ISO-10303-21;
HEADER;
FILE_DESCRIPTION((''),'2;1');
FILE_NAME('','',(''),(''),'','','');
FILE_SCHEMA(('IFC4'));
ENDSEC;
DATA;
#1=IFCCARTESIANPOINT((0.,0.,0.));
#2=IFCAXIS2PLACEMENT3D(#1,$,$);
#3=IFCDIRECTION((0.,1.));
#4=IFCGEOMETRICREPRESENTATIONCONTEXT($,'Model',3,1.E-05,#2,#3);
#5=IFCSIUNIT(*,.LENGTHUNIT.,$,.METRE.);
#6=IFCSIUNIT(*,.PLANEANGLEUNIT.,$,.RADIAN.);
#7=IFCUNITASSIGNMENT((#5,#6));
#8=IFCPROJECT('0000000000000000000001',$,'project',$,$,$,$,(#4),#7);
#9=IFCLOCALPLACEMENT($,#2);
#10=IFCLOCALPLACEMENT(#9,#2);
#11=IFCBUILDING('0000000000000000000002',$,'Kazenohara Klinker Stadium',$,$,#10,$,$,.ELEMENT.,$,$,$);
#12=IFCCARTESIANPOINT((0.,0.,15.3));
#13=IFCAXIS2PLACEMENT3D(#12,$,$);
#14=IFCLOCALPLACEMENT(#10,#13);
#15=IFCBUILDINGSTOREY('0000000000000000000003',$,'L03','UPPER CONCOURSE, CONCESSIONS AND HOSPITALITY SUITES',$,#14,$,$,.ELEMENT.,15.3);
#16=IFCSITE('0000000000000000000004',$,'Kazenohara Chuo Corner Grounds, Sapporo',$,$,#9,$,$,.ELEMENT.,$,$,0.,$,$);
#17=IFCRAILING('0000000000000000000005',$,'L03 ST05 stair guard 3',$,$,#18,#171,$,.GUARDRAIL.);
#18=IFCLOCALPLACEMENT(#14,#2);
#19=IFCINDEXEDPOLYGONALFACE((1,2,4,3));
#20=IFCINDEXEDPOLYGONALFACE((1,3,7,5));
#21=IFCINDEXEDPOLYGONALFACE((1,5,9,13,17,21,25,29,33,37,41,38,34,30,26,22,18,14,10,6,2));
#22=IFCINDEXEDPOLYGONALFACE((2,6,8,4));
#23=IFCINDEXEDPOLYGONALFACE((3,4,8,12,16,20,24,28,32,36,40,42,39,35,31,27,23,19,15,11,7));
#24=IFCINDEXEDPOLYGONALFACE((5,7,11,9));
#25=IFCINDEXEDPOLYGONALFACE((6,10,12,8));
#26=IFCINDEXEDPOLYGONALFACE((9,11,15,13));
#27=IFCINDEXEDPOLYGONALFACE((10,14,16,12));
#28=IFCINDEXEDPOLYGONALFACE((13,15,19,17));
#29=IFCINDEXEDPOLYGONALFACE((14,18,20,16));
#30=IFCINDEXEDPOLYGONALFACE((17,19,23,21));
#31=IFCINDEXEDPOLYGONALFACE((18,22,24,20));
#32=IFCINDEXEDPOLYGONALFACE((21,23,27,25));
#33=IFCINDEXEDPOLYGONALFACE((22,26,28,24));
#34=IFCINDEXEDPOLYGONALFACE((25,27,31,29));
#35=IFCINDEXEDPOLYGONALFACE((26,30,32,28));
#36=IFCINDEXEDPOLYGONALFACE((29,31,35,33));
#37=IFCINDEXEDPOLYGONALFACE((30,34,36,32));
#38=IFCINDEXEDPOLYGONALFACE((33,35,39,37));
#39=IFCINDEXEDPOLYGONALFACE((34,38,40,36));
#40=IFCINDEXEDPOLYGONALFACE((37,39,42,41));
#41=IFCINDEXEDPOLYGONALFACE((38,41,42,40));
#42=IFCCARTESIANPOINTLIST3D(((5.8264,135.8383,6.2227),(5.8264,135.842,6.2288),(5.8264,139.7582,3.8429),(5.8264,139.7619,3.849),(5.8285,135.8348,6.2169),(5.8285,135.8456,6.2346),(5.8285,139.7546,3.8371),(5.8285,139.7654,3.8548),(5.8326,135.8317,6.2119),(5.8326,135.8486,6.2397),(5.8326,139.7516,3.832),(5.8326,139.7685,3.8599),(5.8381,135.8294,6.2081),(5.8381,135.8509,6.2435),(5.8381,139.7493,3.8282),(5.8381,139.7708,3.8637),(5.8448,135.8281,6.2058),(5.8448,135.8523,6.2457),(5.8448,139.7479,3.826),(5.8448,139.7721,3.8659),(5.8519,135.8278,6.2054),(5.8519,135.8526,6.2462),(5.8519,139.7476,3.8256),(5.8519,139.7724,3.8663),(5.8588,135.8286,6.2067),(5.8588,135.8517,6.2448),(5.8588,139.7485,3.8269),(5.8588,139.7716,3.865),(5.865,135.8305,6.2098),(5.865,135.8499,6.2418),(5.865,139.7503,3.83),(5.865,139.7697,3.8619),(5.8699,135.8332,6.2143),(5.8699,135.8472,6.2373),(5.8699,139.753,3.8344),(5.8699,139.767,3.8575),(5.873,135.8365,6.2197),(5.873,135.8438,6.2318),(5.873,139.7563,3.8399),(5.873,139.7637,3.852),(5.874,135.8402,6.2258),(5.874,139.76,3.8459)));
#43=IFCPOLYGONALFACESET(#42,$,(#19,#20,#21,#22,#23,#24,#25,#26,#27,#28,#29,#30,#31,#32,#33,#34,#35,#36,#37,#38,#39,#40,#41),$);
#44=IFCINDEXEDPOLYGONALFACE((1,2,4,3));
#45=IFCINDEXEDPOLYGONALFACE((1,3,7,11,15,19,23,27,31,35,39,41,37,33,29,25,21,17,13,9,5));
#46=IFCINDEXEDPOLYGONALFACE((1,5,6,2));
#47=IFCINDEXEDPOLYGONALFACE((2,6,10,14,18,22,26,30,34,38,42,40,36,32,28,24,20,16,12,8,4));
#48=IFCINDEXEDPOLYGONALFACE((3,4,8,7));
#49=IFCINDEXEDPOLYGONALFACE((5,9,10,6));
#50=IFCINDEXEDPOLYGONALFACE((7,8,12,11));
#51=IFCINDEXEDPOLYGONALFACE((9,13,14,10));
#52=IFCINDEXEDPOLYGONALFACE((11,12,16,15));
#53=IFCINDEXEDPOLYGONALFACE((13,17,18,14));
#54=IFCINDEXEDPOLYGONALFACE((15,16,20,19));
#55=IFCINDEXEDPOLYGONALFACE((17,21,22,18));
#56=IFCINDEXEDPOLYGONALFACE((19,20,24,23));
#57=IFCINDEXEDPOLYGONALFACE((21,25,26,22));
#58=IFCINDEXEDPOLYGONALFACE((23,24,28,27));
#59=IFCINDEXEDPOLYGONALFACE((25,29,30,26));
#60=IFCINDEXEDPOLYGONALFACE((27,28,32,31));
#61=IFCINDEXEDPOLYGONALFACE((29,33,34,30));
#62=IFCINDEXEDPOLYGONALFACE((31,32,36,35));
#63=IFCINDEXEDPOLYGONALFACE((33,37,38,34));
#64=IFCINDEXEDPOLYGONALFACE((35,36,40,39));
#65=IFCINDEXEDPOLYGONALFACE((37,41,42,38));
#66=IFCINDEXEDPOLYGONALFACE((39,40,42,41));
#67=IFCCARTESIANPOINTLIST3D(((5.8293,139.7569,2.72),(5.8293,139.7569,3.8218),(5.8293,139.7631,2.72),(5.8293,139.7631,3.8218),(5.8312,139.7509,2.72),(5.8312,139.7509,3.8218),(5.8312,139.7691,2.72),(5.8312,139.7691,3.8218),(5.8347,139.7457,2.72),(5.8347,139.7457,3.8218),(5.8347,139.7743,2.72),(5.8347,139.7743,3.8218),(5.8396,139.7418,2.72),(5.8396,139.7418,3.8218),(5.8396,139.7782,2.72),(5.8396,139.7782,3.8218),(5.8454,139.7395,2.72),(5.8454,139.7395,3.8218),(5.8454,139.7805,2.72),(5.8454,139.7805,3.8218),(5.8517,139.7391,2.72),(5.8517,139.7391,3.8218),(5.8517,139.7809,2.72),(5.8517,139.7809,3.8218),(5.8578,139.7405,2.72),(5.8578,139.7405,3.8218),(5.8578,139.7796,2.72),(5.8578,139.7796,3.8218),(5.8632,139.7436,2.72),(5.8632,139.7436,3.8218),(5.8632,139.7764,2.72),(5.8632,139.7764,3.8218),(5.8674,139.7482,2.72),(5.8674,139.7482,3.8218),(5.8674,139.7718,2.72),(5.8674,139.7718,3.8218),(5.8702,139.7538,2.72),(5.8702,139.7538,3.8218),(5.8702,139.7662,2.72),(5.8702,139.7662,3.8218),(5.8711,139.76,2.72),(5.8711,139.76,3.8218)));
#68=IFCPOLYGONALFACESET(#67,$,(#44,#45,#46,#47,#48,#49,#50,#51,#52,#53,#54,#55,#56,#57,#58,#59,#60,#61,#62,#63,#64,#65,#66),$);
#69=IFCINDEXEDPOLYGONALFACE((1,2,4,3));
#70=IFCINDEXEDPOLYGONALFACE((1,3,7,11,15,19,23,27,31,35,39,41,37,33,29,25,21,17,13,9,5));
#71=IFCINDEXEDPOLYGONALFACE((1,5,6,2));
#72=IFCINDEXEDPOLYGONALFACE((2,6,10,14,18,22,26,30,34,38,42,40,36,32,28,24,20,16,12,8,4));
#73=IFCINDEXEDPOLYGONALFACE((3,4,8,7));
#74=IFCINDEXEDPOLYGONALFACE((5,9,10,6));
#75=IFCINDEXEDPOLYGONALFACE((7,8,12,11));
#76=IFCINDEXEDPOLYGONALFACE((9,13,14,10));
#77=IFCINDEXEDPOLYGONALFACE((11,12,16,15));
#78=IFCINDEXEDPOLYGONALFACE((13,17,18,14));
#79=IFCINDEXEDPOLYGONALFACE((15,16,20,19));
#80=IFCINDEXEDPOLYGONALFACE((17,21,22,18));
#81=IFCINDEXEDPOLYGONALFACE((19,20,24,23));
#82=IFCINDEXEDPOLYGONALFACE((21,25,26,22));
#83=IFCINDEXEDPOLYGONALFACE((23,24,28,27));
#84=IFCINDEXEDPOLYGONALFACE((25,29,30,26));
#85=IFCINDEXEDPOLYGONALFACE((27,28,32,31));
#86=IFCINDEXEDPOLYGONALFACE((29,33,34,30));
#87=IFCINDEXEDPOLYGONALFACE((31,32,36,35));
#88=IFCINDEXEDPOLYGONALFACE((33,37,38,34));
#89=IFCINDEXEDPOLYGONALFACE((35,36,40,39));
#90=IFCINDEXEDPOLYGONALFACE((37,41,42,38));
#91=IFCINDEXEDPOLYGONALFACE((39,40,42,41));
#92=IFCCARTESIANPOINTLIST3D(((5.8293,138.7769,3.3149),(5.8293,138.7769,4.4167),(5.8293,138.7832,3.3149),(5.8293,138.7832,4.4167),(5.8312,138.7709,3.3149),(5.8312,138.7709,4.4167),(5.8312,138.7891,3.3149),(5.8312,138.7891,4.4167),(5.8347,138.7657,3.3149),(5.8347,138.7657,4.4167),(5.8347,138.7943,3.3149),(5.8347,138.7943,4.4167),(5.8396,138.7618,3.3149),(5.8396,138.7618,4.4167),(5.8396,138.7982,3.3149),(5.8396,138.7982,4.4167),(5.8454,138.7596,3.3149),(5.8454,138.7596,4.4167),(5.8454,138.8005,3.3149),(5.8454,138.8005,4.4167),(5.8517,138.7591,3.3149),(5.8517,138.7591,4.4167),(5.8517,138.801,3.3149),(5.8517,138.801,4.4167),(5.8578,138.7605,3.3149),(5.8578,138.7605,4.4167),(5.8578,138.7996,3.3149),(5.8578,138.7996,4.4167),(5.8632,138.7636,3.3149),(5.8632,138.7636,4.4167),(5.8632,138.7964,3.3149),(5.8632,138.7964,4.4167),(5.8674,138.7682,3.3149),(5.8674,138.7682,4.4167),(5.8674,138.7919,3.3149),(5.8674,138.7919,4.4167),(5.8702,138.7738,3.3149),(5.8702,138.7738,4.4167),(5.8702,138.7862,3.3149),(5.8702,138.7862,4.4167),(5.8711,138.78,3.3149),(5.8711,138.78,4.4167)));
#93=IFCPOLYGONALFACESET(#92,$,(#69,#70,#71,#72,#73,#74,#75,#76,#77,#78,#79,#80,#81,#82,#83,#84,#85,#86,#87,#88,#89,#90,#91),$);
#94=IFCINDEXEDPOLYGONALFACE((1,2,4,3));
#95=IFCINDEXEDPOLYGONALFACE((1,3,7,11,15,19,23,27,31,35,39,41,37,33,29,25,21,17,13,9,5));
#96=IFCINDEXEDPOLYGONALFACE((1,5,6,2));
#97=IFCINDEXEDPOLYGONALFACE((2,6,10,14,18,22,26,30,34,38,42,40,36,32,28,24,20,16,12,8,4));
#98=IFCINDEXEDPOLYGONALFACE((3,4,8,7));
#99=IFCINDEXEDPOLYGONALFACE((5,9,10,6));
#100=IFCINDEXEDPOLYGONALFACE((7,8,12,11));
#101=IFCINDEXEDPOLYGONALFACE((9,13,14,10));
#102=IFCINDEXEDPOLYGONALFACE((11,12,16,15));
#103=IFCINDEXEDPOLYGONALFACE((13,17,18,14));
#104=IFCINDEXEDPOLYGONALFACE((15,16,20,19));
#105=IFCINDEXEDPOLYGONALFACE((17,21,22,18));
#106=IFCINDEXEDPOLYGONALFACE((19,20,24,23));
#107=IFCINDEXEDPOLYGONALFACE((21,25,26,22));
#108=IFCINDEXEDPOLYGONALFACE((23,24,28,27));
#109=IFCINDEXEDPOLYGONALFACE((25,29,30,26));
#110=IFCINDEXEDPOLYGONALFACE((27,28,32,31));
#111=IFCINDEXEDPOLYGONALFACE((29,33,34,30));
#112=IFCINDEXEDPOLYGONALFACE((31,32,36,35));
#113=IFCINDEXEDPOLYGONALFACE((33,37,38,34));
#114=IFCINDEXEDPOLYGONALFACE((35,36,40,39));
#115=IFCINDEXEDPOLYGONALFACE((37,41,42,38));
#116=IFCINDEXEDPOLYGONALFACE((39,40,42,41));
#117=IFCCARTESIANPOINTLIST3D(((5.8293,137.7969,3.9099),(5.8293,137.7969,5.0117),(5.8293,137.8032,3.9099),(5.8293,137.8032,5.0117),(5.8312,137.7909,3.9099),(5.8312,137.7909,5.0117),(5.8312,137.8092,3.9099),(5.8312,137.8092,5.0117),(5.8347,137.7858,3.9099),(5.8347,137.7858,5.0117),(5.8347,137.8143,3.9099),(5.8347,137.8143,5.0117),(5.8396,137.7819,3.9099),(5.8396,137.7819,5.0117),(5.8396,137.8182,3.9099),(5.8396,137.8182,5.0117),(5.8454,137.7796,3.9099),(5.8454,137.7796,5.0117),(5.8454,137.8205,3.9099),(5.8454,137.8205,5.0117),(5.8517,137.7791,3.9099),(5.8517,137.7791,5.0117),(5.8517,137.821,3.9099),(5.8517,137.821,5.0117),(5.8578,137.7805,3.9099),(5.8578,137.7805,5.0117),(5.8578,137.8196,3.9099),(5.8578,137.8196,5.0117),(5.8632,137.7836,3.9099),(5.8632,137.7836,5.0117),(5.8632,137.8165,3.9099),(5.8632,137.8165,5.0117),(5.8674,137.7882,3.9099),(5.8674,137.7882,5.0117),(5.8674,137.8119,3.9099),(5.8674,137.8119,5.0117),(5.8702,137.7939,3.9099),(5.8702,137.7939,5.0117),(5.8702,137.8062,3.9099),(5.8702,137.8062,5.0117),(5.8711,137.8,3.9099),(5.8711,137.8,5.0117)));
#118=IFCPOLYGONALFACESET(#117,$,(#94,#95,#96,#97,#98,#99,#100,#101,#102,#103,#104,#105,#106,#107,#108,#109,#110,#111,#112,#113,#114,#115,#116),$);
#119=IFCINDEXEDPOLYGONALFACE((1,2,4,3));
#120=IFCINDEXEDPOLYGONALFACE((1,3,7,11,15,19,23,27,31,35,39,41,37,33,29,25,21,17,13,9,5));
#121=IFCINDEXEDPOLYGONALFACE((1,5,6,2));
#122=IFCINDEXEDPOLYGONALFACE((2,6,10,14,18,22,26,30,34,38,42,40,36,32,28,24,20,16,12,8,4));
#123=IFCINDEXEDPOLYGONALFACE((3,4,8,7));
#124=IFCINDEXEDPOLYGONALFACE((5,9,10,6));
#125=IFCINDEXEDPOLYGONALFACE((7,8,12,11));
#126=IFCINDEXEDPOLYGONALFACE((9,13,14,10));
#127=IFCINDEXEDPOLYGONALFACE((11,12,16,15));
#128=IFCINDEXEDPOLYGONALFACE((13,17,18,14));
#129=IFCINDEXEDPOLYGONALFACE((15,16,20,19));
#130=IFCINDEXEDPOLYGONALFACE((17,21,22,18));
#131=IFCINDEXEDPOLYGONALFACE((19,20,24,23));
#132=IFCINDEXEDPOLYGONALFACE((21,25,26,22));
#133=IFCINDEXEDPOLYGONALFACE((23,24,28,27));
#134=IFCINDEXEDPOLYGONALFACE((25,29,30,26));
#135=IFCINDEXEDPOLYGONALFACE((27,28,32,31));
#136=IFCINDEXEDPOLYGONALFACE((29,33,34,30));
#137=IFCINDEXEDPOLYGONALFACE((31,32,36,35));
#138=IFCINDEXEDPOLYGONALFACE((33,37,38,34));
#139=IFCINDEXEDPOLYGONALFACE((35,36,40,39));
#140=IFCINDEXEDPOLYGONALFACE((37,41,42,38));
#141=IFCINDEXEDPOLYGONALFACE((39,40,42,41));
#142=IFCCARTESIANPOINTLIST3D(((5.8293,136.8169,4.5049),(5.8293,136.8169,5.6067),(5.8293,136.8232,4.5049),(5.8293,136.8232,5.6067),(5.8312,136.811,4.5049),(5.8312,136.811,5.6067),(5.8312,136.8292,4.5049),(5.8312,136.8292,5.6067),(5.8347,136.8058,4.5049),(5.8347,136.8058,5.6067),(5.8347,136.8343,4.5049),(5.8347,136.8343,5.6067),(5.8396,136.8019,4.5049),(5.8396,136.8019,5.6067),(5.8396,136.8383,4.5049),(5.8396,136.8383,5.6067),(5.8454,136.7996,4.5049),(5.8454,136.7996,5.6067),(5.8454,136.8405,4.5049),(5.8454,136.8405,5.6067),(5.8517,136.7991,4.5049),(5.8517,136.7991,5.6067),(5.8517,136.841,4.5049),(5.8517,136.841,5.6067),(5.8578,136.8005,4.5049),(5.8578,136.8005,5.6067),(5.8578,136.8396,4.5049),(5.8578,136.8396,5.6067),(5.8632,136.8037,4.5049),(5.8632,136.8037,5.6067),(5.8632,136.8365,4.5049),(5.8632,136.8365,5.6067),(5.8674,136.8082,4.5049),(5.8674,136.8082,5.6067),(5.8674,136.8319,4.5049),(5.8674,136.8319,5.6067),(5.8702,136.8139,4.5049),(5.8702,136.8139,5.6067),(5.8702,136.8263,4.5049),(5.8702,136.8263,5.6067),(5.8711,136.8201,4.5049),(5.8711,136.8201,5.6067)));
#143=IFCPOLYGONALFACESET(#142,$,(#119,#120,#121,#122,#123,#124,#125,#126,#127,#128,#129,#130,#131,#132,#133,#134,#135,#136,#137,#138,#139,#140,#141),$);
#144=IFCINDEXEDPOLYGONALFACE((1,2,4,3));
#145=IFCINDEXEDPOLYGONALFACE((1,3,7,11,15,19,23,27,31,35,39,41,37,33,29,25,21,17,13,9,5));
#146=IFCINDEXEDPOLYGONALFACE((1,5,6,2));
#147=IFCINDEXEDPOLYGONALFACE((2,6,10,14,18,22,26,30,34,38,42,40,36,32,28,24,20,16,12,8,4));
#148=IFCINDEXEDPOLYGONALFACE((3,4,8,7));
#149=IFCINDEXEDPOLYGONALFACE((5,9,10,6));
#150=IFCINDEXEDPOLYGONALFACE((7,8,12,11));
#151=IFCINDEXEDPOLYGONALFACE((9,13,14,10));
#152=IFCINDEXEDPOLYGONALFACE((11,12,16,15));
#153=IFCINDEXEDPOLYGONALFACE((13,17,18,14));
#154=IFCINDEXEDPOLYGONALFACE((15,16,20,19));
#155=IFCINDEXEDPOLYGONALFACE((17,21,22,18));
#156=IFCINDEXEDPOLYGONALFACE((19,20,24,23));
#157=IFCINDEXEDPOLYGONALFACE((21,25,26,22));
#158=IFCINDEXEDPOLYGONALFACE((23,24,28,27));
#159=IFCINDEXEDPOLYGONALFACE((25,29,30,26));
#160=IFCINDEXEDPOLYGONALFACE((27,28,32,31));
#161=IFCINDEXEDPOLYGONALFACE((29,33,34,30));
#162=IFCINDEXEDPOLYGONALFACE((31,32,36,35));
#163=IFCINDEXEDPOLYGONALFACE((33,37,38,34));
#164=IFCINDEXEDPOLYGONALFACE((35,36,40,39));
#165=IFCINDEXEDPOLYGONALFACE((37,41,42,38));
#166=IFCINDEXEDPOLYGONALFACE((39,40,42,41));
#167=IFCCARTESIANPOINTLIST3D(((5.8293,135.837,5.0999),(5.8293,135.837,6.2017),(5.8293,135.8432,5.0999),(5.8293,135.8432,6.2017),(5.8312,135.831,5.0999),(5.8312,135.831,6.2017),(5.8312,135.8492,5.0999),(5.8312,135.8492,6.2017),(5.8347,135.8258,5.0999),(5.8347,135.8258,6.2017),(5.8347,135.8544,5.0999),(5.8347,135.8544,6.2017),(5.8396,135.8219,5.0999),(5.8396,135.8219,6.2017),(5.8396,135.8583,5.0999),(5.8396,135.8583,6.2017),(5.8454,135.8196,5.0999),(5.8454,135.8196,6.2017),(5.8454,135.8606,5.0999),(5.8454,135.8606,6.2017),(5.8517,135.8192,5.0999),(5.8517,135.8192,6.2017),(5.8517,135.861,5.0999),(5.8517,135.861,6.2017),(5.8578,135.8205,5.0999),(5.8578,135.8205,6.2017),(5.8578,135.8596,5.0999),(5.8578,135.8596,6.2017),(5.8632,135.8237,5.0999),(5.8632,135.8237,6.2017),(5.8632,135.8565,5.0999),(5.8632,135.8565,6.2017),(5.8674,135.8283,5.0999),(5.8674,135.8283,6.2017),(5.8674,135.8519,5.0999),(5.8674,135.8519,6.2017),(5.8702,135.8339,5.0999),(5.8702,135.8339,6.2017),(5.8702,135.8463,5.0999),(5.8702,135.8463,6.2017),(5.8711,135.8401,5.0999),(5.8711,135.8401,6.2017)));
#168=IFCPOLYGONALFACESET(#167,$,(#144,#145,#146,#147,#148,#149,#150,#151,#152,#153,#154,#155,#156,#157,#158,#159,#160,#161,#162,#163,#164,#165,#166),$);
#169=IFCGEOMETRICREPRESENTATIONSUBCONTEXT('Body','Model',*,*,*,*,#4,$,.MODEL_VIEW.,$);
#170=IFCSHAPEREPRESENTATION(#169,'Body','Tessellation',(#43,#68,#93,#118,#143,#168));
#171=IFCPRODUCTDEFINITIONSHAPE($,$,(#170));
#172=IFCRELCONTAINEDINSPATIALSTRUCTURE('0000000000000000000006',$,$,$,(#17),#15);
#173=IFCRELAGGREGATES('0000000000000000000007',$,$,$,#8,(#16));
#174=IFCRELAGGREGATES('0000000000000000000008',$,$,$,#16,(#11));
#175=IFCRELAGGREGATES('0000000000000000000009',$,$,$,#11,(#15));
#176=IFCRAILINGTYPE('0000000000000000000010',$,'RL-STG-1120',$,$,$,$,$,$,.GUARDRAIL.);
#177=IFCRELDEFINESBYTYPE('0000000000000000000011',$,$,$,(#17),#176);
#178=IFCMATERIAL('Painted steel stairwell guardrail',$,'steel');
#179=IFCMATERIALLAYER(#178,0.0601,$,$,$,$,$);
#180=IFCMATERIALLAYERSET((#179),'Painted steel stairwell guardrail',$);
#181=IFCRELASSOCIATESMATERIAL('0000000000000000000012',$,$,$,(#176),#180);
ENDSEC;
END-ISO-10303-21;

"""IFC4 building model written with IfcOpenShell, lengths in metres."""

from ifc_helpers import new_model, si_unit, direction, frame, origin, origin_2d, place, context, subcontext, project, spatial, circle, extrude, material, layer, layer_set, type_object, element, save


model = new_model("IFC4")

# Units and contexts
model_context = context("Model", 3, precision=1e-05, world=origin(), true_north=direction((0.0, 1.0)))
body_context = subcontext(model_context, "Body", "Model", "MODEL_VIEW")
ifc_project = project(units=[si_unit("LENGTHUNIT", "METRE"), si_unit("PLANEANGLEUNIT", "RADIAN")], contexts=[model_context])

# Site, building, storey
site_placement = place(None, origin())
site = spatial("IfcSite", under=ifc_project, at=site_placement, Name="Kazenohara Chuo Corner Grounds, Sapporo", CompositionType="ELEMENT", RefElevation=0.0)
building_placement = place(site_placement, origin())
building = spatial("IfcBuilding", under=site, at=building_placement, Name="Kazenohara Klinker Stadium", CompositionType="ELEMENT")
storey_placement = place(building_placement, frame((0.0, 0.0, 15.3)))
storey = spatial("IfcBuildingStorey", under=building, at=storey_placement, Name="L03", Description="UPPER CONCOURSE, CONCESSIONS AND HOSPITALITY SUITES", CompositionType="ELEMENT", Elevation=15.3)

# Railing
ifc_material_1 = material(Name="Painted steel stairwell guardrail", Category="steel")
ifc_layer_1 = layer(ifc_material_1, 0.0601)
ifc_layer_set_1 = layer_set([ifc_layer_1], Name="Painted steel stairwell guardrail")
railing_type_1 = type_object("IfcRailingType", Name="RL-STG-1120", PredefinedType="GUARDRAIL", material=ifc_layer_set_1)
railing_1_placement = place(storey_placement, frame((5.8501, 139.76, 2.72)))
element("IfcRailing", 1, at=railing_1_placement, inside=storey, type_object=railing_type_1, Name="L03 ST05 stair guard 3", PredefinedType="GUARDRAIL", context=body_context, shape_type="SweptSolid", body=[
    extrude(circle(Radius=0.0239, at=origin_2d()), frame((0.0, 0.0, 1.126), z_axis=(0.0, -0.854794, 0.518967), x_axis=(1.0, 0.0, 0.0)), (0.0, 0.0, 1.0), 4.5857),
    extrude(circle(Radius=0.021, at=origin_2d()), origin(), (0.0, 0.0, 1.0), 1.1018),
    extrude(circle(Radius=0.021, at=origin_2d()), frame((0.0, -0.98, 0.595)), (0.0, 0.0, 1.0), 1.1018),
    extrude(circle(Radius=0.021, at=origin_2d()), frame((0.0, -1.96, 1.1899)), (0.0, 0.0, 1.0), 1.1018),
    extrude(circle(Radius=0.021, at=origin_2d()), frame((0.0, -2.9399, 1.7849)), (0.0, 0.0, 1.0), 1.1018),
    extrude(circle(Radius=0.021, at=origin_2d()), frame((0.0, -3.9199, 2.3799)), (0.0, 0.0, 1.0), 1.1018),
])

save(model, "model.ifc")
